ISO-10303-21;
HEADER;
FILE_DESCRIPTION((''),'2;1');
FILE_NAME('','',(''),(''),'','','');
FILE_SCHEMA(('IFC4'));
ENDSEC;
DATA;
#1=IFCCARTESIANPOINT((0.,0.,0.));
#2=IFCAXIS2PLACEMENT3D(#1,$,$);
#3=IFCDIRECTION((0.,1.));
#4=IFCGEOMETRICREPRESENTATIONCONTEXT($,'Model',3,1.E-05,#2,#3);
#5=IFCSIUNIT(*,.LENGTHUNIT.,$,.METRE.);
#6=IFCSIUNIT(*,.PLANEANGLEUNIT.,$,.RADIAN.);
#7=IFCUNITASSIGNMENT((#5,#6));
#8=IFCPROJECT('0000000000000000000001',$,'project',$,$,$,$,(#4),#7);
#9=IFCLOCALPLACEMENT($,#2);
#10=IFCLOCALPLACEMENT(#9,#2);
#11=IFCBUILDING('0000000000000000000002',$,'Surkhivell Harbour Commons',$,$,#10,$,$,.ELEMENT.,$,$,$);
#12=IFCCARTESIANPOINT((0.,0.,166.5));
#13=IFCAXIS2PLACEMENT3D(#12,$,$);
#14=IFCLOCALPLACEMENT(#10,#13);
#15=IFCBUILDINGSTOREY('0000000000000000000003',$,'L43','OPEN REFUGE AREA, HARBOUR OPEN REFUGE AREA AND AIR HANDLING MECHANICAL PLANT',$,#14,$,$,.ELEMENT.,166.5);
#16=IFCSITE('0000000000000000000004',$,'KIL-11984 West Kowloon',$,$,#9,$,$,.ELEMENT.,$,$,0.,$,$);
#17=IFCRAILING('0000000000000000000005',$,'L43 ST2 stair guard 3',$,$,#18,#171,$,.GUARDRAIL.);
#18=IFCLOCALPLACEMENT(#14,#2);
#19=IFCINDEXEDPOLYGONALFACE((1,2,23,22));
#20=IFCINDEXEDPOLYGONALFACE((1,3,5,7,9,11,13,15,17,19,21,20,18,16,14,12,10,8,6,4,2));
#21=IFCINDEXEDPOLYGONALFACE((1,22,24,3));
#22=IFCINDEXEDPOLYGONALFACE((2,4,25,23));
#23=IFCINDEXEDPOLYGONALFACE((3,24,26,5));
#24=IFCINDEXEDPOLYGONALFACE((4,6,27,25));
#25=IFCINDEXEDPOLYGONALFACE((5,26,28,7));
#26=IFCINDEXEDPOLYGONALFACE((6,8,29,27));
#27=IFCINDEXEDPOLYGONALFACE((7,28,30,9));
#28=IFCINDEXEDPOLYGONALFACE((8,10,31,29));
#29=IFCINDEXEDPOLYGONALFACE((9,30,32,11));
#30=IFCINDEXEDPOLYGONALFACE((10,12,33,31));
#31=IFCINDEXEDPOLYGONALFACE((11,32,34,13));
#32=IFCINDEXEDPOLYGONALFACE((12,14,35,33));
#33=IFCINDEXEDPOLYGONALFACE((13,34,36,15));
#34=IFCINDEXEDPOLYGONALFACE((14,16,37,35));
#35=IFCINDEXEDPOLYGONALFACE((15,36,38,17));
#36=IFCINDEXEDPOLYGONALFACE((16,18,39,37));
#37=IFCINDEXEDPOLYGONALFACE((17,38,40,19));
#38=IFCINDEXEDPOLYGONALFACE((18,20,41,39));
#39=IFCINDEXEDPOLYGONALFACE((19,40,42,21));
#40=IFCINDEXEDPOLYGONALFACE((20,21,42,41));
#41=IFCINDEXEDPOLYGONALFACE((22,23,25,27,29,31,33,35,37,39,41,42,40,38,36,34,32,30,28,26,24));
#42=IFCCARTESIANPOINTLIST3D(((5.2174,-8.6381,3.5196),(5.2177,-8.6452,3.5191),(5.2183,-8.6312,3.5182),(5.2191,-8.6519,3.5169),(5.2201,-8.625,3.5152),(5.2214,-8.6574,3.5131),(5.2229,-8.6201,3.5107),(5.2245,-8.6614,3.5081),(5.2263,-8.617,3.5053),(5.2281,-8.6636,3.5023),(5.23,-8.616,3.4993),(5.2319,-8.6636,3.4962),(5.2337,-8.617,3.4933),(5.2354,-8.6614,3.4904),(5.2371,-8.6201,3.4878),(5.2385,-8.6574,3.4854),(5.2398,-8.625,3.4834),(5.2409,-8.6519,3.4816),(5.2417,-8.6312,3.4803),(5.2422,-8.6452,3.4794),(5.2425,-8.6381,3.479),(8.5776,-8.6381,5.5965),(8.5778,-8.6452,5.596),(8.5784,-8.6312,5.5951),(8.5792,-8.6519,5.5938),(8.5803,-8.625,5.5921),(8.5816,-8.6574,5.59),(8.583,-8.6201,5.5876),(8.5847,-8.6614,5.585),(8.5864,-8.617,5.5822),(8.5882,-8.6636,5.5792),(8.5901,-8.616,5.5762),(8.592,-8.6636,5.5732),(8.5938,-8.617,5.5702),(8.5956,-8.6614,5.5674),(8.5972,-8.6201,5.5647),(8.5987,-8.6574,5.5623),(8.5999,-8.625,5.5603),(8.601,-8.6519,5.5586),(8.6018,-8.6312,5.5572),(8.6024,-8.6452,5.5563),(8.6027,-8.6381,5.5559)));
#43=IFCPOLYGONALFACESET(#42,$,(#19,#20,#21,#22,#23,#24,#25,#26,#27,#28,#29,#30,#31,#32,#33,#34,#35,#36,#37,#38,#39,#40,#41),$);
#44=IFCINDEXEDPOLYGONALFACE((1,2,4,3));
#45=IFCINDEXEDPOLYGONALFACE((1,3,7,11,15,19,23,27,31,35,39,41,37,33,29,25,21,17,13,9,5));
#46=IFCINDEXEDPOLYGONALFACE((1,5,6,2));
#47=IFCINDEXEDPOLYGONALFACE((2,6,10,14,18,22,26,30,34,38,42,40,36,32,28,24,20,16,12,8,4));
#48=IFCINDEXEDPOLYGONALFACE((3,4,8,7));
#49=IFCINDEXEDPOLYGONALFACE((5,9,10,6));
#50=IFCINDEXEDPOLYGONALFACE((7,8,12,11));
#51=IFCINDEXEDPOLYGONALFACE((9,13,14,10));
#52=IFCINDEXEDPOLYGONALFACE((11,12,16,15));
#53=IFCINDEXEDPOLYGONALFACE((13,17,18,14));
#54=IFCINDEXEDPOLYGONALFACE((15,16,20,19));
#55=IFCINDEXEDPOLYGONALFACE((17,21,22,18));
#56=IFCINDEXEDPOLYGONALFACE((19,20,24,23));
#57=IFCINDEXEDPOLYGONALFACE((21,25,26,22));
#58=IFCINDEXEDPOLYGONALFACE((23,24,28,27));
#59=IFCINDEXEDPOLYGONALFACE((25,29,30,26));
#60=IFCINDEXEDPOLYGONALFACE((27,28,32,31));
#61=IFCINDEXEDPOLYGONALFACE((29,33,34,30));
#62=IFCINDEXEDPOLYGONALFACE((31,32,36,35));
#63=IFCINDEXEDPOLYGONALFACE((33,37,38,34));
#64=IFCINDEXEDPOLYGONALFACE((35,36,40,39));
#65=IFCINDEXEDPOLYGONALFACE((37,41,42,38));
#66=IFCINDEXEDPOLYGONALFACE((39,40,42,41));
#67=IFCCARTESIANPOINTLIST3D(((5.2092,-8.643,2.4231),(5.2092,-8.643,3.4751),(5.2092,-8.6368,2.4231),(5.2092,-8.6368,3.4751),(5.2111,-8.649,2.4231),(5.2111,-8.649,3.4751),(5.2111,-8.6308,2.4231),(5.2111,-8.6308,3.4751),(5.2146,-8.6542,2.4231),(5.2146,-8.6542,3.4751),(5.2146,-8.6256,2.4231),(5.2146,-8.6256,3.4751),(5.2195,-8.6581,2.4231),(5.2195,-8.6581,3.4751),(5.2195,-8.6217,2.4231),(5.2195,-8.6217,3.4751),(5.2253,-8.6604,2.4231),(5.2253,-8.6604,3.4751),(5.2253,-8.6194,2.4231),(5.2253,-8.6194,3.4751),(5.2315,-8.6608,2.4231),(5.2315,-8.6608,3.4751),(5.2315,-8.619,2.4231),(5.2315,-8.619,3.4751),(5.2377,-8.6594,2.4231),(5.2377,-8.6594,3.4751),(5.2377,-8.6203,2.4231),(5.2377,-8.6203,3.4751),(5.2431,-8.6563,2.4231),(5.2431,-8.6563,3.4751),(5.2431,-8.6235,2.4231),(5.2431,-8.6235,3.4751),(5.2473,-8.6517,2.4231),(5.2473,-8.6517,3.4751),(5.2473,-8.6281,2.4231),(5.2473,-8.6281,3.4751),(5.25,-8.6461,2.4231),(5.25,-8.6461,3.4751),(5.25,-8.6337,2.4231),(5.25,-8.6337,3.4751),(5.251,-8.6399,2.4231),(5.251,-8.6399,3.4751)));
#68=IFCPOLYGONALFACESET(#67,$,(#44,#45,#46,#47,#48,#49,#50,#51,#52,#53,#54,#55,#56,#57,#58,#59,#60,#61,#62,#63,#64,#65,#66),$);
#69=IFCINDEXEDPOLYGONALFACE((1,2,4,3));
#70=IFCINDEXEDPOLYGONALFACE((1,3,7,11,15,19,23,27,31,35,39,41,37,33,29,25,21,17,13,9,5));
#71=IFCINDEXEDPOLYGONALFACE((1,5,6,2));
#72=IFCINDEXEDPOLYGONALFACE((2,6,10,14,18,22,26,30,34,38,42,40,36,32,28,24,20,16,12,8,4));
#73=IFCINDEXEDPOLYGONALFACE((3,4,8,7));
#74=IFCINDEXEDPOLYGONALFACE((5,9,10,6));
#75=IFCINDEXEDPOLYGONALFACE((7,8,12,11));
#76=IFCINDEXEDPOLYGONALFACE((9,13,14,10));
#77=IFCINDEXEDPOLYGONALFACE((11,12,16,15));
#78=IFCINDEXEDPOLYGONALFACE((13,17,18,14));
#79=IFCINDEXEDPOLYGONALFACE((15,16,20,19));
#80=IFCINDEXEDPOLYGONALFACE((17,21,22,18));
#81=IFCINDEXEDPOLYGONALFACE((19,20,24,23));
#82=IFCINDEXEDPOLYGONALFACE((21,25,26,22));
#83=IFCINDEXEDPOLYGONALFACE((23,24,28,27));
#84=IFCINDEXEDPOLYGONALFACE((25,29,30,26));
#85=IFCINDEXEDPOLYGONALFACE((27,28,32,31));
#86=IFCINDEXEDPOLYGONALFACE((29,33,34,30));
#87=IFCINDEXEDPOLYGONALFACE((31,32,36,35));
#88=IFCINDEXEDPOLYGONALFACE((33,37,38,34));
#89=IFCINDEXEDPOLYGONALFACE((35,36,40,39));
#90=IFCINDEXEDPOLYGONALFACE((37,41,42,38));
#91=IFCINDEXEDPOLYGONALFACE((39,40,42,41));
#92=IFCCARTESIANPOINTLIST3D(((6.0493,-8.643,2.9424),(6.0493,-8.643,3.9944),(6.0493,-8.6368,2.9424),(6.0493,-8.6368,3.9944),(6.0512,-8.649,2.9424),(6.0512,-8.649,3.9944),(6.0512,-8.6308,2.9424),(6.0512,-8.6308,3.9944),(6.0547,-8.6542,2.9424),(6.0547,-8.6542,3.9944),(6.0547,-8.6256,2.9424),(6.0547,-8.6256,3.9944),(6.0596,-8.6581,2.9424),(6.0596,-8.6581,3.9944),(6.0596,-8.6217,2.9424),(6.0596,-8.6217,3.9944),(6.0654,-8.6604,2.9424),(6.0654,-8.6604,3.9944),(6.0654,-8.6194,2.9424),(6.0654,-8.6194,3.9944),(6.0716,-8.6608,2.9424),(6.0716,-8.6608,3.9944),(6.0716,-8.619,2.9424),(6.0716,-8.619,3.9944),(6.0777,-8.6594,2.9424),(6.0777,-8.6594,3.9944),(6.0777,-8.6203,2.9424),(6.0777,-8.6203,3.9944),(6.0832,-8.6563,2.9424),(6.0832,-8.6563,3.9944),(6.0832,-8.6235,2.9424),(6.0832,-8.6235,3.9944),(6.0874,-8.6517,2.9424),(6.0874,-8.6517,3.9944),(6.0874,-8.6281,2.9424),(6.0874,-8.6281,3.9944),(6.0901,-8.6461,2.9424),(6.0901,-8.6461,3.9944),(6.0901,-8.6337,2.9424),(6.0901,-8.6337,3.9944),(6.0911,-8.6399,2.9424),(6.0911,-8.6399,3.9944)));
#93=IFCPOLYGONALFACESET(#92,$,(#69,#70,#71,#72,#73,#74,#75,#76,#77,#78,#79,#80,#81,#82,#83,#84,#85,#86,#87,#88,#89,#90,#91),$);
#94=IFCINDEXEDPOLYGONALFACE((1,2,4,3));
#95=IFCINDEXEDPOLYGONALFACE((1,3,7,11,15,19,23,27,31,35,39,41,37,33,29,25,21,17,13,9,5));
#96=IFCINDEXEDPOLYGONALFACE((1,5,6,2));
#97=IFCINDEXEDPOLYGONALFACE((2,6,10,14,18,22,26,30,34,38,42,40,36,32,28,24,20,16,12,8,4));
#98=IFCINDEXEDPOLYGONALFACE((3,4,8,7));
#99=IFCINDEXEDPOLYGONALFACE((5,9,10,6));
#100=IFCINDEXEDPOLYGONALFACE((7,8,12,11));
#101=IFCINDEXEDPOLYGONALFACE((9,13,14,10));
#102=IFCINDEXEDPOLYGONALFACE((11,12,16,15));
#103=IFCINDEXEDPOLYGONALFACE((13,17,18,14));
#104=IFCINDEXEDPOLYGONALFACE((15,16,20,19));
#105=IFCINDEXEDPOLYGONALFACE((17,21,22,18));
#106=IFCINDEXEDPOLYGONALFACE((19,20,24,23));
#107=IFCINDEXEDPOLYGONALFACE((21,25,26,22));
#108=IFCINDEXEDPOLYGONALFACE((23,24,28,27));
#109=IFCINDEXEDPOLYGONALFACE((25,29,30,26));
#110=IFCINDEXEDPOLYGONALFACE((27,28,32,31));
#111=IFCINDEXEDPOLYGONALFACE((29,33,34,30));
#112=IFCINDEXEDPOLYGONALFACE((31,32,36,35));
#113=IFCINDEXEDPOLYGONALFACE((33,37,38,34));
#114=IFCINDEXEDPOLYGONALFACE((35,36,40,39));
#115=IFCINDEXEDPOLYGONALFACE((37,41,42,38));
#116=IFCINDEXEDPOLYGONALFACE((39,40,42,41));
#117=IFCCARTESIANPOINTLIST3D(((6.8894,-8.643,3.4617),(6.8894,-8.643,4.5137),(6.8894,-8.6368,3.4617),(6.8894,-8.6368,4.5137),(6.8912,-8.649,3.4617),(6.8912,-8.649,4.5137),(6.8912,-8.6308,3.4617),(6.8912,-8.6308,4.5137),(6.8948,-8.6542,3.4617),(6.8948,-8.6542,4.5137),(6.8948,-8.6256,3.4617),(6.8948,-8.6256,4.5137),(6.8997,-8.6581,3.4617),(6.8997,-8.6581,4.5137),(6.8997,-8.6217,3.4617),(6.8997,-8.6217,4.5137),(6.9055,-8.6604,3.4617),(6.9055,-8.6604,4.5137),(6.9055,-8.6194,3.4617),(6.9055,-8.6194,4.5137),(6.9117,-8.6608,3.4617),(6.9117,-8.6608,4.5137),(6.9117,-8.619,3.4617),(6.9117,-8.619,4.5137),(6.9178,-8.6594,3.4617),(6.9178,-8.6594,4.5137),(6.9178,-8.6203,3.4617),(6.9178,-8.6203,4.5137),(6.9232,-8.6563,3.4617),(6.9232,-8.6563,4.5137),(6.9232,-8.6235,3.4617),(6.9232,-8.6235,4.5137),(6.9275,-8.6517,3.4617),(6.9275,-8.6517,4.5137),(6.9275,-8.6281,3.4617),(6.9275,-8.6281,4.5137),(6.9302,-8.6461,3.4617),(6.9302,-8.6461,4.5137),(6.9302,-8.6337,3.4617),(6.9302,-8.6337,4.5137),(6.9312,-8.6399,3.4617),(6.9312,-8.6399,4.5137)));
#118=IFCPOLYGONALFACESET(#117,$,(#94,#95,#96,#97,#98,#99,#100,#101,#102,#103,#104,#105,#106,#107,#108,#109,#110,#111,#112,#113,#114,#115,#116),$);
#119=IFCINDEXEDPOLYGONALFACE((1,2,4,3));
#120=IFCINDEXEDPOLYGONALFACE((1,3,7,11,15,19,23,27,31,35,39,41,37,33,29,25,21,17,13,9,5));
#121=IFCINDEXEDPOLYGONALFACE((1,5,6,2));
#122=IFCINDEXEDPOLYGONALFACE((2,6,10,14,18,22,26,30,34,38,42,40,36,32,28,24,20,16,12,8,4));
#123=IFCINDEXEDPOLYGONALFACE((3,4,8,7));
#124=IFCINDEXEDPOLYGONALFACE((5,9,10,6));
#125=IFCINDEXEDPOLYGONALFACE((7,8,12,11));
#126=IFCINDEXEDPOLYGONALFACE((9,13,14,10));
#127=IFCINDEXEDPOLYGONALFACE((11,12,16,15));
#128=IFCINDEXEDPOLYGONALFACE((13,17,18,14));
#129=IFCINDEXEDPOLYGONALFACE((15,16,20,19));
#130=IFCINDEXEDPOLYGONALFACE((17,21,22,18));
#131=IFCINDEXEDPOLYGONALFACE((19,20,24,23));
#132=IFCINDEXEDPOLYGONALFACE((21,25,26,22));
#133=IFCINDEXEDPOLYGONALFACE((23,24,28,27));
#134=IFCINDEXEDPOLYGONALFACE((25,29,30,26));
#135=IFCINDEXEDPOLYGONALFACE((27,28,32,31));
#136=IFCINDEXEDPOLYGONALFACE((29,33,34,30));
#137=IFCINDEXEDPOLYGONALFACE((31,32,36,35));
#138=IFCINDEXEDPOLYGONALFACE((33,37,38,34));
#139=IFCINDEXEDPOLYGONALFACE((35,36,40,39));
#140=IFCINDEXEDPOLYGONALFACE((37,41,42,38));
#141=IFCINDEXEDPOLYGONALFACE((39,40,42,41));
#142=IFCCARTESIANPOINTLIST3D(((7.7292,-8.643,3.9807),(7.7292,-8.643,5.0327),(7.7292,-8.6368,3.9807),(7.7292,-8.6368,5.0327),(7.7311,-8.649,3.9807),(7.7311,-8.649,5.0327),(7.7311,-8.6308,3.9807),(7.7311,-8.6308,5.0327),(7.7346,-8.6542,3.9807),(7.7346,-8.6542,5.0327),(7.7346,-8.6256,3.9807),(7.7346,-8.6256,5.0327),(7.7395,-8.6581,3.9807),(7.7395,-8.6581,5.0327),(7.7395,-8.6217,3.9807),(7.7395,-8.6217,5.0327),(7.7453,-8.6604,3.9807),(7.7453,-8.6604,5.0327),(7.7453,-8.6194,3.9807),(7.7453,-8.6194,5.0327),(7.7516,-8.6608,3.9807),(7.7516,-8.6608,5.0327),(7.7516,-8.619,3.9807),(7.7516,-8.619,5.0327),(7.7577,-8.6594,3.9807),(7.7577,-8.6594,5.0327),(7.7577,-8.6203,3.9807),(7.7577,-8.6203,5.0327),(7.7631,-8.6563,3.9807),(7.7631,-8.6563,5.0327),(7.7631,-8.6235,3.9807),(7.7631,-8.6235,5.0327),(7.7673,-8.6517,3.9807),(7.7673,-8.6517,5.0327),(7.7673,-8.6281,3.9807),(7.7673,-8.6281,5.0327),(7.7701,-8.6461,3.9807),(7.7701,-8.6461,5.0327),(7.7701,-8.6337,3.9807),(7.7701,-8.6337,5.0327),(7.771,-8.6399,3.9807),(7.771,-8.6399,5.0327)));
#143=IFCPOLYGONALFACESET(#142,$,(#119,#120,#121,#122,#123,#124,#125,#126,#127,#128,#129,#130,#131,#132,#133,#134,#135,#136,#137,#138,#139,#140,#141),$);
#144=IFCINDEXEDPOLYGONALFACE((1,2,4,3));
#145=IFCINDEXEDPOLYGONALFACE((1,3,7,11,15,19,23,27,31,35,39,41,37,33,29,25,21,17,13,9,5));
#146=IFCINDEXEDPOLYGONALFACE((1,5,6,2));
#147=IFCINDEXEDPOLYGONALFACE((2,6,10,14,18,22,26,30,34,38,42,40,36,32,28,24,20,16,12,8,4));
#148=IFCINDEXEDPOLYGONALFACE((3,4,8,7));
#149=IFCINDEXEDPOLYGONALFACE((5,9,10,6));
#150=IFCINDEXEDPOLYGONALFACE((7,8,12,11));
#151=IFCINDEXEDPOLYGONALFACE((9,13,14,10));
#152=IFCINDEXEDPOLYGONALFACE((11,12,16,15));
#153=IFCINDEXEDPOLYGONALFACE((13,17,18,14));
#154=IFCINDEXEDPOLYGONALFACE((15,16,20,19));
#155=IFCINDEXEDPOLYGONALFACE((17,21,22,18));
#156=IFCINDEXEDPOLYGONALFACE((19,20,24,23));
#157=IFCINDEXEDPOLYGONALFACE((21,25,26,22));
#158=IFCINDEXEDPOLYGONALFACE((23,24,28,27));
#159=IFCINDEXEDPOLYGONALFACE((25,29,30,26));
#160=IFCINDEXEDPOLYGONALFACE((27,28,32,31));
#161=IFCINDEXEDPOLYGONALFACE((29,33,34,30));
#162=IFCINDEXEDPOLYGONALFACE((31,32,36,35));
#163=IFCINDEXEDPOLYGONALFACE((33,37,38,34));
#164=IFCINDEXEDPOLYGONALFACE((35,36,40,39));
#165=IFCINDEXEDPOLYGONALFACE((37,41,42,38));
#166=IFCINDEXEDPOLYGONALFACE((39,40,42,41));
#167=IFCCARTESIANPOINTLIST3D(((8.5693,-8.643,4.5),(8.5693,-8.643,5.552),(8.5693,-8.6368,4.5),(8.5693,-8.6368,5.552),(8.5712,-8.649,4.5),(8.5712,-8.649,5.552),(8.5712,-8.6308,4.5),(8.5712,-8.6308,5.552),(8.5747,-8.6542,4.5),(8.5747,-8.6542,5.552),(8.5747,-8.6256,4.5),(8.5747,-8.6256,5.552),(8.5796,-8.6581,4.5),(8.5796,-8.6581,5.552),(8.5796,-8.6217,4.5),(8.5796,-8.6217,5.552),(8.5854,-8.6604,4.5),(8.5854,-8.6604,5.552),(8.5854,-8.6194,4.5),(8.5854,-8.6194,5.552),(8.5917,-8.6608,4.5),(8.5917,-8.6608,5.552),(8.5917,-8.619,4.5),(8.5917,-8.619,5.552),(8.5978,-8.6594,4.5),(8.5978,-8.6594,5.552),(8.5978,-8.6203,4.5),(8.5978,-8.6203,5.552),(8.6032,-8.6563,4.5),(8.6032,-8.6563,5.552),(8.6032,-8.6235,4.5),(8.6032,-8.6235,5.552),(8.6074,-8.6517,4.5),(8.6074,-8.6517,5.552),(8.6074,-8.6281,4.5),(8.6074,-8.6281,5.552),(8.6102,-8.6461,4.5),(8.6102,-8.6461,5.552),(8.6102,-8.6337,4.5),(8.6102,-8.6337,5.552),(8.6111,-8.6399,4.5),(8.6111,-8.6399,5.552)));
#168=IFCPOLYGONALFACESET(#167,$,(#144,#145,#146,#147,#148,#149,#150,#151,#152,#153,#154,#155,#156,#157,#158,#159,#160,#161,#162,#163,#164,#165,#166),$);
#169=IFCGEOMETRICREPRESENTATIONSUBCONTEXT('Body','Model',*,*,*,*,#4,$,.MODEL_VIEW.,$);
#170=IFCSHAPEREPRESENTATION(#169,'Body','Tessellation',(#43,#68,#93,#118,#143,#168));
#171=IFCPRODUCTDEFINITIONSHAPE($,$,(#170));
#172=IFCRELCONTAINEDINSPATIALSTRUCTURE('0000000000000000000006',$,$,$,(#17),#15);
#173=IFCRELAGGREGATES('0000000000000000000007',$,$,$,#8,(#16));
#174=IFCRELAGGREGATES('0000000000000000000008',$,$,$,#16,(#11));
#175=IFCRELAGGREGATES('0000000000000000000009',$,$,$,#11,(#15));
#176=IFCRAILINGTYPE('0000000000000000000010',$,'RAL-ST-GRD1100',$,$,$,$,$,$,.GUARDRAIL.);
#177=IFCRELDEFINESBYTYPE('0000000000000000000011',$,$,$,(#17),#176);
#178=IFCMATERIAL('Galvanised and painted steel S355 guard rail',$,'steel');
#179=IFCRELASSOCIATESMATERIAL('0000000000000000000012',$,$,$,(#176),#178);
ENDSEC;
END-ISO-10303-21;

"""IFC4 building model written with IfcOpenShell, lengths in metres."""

from ifc_helpers import new_model, si_unit, direction, frame, origin, origin_2d, place, context, subcontext, project, spatial, circle, extrude, material, type_object, element, save


model = new_model("IFC4")

# Units and contexts
model_context = context("Model", 3, precision=1e-05, world=origin(), true_north=direction((0.0, 1.0)))
body_context = subcontext(model_context, "Body", "Model", "MODEL_VIEW")
ifc_project = project(units=[si_unit("LENGTHUNIT", "METRE"), si_unit("PLANEANGLEUNIT", "RADIAN")], contexts=[model_context])

# Site, building, storey
site_placement = place(None, origin())
site = spatial("IfcSite", under=ifc_project, at=site_placement, Name="KIL-11984 West Kowloon", CompositionType="ELEMENT", RefElevation=0.0)
building_placement = place(site_placement, origin())
building = spatial("IfcBuilding", under=site, at=building_placement, Name="Surkhivell Harbour Commons", CompositionType="ELEMENT")
storey_placement = place(building_placement, frame((0.0, 0.0, 166.5)))
storey = spatial("IfcBuildingStorey", under=building, at=storey_placement, Name="L43", Description="OPEN REFUGE AREA, HARBOUR OPEN REFUGE AREA AND AIR HANDLING MECHANICAL PLANT", CompositionType="ELEMENT", Elevation=166.5)

# Railing
ifc_material_1 = material(Name="Galvanised and painted steel S355 guard rail", Category="steel")
railing_type_1 = type_object("IfcRailingType", Name="RAL-ST-GRD1100", PredefinedType="GUARDRAIL", material=ifc_material_1)
railing_1_placement = place(storey_placement, frame((5.23, -8.6399, 2.4231)))
element("IfcRailing", 1, at=railing_1_placement, inside=storey, type_object=railing_type_1, Name="L43 ST2 stair guard 3", PredefinedType="GUARDRAIL", context=body_context, shape_type="SweptSolid", body=[
    extrude(circle(Radius=0.0239, at=origin_2d()), frame((0.0, 0.0, 1.0762), z_axis=(0.850623, 0.0, 0.525776), x_axis=(0.0, 1.0, 0.0)), (0.0, 0.0, 1.0), 3.9502),
    extrude(circle(Radius=0.021, at=origin_2d()), origin(), (0.0, 0.0, 1.0), 1.052),
    extrude(circle(Radius=0.021, at=origin_2d()), frame((0.8401, 0.0, 0.5193)), (0.0, 0.0, 1.0), 1.052),
    extrude(circle(Radius=0.021, at=origin_2d()), frame((1.6802, 0.0, 1.0386)), (0.0, 0.0, 1.0), 1.052),
    extrude(circle(Radius=0.021, at=origin_2d()), frame((2.52, 0.0, 1.5576)), (0.0, 0.0, 1.0), 1.052),
    extrude(circle(Radius=0.021, at=origin_2d()), frame((3.3601, 0.0, 2.0769)), (0.0, 0.0, 1.0), 1.052),
])

save(model, "model.ifc")
